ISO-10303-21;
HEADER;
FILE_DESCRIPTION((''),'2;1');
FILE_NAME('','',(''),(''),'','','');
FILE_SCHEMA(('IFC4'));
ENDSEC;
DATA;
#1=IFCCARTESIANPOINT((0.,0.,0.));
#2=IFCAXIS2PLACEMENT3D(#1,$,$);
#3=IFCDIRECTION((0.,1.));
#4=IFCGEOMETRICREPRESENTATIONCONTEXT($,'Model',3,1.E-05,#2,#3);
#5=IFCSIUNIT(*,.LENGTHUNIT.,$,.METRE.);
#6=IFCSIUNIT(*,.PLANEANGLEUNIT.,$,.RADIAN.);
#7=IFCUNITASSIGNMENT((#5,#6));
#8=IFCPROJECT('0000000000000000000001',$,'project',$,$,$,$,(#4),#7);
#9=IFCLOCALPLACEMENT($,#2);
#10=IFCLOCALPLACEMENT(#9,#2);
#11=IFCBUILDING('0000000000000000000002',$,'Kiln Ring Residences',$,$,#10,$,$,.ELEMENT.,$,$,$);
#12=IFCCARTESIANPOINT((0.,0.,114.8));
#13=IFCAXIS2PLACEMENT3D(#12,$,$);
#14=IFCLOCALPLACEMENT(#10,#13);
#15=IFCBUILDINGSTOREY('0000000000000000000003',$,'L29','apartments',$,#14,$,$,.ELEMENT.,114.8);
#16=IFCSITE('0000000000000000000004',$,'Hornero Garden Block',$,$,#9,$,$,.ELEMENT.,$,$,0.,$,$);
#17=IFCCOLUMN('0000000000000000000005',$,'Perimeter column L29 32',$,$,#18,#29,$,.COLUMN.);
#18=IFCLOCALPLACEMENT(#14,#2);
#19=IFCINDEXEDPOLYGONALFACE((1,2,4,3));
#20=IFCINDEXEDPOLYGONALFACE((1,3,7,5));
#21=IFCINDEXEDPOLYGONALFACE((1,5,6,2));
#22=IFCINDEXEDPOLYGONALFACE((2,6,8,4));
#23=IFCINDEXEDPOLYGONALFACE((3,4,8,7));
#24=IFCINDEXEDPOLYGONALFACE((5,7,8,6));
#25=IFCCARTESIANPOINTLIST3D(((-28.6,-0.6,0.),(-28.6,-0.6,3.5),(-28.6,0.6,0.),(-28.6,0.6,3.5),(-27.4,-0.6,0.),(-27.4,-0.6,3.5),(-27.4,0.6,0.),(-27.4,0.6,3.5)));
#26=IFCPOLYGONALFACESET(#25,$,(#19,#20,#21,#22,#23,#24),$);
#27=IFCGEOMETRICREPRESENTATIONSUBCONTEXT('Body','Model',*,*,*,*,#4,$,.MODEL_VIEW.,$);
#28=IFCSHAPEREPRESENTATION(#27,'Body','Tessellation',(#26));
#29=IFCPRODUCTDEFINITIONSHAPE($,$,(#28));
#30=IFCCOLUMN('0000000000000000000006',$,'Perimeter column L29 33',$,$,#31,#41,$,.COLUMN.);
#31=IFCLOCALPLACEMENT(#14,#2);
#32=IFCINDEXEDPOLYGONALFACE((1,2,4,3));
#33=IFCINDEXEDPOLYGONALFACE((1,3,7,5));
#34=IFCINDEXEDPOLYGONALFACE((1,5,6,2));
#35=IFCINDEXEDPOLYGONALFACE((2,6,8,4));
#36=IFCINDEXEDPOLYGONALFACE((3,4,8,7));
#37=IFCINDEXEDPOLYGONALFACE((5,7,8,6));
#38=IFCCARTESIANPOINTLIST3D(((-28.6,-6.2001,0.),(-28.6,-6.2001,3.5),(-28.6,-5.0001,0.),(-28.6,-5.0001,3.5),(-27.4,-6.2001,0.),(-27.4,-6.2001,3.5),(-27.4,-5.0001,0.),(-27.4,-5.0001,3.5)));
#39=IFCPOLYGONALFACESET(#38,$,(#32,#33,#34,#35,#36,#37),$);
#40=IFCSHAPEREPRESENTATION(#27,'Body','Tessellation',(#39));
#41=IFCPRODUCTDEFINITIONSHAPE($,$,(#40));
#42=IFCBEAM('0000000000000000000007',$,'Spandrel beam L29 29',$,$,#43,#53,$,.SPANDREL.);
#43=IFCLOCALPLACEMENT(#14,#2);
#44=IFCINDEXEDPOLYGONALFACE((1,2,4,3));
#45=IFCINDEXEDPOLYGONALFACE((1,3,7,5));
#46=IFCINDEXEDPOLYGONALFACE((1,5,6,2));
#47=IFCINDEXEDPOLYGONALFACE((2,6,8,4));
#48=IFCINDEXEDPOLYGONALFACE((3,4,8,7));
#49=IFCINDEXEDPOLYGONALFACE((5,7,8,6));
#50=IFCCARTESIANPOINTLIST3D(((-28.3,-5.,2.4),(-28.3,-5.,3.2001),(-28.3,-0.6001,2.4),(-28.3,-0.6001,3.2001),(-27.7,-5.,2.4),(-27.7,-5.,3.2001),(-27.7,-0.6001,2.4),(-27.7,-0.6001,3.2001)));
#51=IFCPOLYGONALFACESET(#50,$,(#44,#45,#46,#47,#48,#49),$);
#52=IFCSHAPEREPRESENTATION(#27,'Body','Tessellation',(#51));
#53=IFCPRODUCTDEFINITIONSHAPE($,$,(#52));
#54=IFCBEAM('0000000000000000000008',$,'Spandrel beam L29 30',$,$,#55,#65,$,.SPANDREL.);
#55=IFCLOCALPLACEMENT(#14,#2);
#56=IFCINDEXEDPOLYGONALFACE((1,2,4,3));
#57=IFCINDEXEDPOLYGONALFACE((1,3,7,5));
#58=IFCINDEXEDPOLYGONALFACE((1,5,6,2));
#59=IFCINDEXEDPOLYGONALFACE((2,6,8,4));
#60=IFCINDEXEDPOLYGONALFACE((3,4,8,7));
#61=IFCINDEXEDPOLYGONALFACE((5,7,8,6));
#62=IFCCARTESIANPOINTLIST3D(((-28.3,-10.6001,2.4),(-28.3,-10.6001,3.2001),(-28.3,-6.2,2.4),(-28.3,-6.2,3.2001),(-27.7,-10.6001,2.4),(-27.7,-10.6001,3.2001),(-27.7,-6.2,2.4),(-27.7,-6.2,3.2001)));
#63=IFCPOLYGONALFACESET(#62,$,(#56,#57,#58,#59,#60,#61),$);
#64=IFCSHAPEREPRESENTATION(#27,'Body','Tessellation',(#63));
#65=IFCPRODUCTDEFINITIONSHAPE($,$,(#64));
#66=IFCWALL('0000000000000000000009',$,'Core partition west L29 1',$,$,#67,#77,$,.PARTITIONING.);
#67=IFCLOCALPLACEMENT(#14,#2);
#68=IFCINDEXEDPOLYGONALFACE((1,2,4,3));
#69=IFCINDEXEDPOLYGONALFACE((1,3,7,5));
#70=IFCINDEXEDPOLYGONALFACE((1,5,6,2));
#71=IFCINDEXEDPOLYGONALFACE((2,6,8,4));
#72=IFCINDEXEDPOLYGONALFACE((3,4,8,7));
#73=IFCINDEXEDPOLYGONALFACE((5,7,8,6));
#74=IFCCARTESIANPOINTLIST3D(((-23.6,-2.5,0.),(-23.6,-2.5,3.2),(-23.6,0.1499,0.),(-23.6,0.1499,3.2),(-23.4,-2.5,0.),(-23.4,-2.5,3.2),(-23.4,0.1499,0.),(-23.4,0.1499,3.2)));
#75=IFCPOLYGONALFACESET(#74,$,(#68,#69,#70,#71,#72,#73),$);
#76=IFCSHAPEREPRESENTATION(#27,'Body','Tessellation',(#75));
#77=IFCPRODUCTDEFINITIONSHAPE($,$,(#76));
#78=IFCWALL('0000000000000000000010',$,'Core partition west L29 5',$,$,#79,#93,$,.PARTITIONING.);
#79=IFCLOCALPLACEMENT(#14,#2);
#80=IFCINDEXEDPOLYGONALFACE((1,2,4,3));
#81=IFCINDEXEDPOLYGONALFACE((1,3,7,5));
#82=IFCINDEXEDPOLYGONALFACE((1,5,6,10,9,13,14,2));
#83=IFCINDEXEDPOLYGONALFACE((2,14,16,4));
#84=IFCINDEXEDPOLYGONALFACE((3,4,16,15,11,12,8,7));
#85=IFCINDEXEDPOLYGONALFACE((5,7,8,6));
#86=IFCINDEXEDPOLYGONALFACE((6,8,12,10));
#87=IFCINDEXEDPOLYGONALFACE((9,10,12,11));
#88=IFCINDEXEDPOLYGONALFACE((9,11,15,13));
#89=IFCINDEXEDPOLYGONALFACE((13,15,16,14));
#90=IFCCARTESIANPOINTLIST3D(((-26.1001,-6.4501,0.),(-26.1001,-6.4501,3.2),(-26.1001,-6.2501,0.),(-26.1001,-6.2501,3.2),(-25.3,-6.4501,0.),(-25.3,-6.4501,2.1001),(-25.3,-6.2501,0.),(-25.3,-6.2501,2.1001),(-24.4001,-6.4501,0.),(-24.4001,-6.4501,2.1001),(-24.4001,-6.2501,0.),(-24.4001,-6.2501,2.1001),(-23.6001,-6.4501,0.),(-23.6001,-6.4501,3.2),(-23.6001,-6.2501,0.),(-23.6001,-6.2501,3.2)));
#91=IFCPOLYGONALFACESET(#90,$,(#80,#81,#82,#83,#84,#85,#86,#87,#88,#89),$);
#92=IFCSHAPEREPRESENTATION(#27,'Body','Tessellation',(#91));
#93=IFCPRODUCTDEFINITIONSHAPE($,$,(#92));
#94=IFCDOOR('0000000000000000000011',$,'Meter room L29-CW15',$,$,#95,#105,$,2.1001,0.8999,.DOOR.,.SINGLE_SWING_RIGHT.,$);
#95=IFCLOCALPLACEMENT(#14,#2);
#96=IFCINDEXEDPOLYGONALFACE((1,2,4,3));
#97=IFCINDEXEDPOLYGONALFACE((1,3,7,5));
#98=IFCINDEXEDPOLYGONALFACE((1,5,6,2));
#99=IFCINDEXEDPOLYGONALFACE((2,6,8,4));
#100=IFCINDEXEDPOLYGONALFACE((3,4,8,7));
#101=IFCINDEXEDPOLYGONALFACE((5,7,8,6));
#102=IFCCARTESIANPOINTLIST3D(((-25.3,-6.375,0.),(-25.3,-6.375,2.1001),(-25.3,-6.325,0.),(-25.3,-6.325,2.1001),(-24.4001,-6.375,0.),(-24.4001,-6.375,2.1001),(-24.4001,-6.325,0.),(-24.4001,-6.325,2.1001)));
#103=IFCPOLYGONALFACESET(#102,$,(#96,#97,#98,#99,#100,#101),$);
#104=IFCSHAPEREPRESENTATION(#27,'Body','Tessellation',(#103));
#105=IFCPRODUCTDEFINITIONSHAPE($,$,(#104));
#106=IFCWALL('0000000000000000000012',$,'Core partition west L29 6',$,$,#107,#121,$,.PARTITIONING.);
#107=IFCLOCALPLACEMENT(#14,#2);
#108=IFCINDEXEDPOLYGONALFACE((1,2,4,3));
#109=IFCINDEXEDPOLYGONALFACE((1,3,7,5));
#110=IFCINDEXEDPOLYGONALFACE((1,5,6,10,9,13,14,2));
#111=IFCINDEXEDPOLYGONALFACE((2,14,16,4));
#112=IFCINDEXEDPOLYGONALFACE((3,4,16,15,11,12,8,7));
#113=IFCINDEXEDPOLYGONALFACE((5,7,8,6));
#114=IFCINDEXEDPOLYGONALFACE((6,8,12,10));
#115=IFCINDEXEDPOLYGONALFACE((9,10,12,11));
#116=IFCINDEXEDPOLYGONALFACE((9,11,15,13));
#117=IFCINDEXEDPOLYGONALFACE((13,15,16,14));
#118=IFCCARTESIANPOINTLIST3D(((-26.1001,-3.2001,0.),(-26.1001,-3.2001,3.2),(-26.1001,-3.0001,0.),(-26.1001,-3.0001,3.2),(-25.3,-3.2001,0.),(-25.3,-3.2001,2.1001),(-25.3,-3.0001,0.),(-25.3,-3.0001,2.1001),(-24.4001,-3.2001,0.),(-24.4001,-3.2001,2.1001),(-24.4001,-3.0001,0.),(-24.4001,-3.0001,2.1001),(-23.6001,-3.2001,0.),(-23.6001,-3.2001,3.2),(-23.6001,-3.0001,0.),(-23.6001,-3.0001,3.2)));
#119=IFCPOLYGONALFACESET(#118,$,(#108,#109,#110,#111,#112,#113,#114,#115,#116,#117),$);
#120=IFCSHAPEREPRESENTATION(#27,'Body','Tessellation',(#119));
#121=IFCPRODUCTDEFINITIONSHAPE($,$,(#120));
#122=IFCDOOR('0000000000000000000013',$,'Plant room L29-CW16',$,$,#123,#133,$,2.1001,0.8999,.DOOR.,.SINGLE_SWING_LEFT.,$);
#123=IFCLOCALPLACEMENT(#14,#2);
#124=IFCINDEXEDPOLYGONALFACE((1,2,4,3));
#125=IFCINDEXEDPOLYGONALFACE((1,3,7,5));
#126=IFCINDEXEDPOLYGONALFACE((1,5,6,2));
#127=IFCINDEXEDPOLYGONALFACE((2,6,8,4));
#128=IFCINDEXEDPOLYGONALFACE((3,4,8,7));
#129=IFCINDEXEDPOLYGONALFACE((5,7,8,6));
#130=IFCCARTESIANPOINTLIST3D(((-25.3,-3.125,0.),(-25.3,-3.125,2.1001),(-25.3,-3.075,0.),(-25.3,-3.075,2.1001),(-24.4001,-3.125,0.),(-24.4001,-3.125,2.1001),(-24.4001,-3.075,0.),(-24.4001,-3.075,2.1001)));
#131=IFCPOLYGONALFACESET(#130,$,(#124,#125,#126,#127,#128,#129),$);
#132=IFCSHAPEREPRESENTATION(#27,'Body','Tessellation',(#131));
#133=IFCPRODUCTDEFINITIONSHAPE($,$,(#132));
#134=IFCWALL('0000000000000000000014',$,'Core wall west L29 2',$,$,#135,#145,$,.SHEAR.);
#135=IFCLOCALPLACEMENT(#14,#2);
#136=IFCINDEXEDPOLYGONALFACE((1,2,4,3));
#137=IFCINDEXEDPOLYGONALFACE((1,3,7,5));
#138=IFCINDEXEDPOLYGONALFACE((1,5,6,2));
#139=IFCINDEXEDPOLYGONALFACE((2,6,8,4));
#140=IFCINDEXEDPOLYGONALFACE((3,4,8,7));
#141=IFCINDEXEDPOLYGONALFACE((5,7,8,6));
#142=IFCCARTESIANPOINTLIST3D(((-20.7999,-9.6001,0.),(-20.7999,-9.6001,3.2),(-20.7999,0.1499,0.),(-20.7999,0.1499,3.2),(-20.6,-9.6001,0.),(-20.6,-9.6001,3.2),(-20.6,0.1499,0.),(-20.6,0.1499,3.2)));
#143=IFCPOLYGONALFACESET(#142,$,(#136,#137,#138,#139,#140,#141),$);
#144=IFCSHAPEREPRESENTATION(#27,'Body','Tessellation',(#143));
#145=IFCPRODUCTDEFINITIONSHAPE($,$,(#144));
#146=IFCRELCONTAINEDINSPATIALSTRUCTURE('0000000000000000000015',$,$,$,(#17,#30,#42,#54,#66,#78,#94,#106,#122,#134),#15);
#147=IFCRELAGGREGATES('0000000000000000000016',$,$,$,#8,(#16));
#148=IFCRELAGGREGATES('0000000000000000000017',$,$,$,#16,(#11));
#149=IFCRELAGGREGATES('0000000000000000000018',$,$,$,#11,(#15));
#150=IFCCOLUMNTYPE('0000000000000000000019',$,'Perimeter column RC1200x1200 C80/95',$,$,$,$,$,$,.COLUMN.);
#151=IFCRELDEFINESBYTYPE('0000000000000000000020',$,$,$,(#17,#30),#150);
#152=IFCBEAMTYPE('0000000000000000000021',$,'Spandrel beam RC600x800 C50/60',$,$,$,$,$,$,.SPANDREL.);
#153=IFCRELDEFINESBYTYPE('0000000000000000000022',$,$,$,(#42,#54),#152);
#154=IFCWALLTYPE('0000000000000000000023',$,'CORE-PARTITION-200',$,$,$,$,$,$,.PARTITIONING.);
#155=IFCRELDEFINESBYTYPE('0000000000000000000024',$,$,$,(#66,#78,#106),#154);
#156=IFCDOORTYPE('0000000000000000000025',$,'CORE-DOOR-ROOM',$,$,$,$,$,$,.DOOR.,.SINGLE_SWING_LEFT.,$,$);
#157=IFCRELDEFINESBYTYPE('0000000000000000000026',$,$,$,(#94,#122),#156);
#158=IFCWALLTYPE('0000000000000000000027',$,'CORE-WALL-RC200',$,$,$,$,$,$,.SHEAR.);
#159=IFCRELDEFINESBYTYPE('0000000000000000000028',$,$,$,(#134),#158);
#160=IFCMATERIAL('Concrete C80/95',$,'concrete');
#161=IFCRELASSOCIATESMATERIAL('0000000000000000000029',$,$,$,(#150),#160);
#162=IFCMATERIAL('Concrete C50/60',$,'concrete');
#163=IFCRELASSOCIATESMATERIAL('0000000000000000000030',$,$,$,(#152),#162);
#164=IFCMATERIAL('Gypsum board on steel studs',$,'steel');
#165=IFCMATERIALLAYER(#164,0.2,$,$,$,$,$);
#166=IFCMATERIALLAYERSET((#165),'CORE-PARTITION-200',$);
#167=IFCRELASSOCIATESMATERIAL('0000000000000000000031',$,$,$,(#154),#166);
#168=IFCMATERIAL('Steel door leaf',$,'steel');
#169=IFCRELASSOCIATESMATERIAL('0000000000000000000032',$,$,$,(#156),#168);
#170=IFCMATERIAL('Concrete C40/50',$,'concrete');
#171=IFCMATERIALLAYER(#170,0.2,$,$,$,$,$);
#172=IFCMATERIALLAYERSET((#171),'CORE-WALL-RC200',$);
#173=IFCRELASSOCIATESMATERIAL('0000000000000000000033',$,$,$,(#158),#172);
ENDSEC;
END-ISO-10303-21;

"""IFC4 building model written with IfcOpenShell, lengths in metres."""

from ifc_helpers import new_model, si_unit, direction, frame, frame_2d, origin, origin_2d, place, context, subcontext, project, spatial, rectangle, extrude, material, layer, layer_set, material_profile, profile_set, type_object, element, fill, save


model = new_model("IFC4")

# Units and contexts
model_context = context("Model", 3, precision=1e-05, world=origin(), true_north=direction((0.0, 1.0)))
body_context = subcontext(model_context, "Body", "Model", "MODEL_VIEW")
ifc_project = project(units=[si_unit("LENGTHUNIT", "METRE"), si_unit("PLANEANGLEUNIT", "RADIAN")], contexts=[model_context])

# Site, building, storey
site_placement = place(None, origin())
site = spatial("IfcSite", under=ifc_project, at=site_placement, Name="Hornero Garden Block", CompositionType="ELEMENT", RefElevation=0.0)
building_placement = place(site_placement, origin())
building = spatial("IfcBuilding", under=site, at=building_placement, Name="Kiln Ring Residences", CompositionType="ELEMENT")
storey_placement = place(building_placement, frame((0.0, 0.0, 114.8)))
storey = spatial("IfcBuildingStorey", under=building, at=storey_placement, Name="L29", Description="apartments", CompositionType="ELEMENT", Elevation=114.8)

# Columns
ifc_material_1 = material(Name="Concrete C80/95", Category="concrete")
ifc_material_profile_1 = material_profile(ifc_material_1, rectangle(XDim=1.2, YDim=1.2, at=origin_2d()), Name="RC1200x1200")
ifc_profile_set_1 = profile_set([ifc_material_profile_1], Name="Concrete C80/95")
column_type = type_object("IfcColumnType", Name="Perimeter column RC1200x1200 C80/95", PredefinedType="COLUMN", material=ifc_profile_set_1)
for number, where, z_axis, x_axis, name in (
    (1, (-28.0, 0.0, 0.0), (0.0, 0.0, 1.0), (1.0, 0.0, 0.0), "Perimeter column L29 32"),
    (2, (-28.0, -5.6001, 0.0), (0.0, 0.0, 1.0), (1.0, 0.0, 0.0), "Perimeter column L29 33"),
):
    element("IfcColumn", number, at=place(storey_placement, frame(where, z_axis=z_axis, x_axis=x_axis)), inside=storey, type_object=column_type, Name=name, PredefinedType="COLUMN", context=body_context, shape_type="SweptSolid", body=[
        extrude(rectangle(XDim=1.2, YDim=1.2, at=origin_2d()), origin(), (0.0, 0.0, 1.0), 3.5),
    ])

# Beams
ifc_material_2 = material(Name="Concrete C50/60", Category="concrete")
ifc_material_profile_2 = material_profile(ifc_material_2, rectangle(XDim=0.6001, YDim=0.8, at=origin_2d()), Name="RC600x800")
ifc_profile_set_2 = profile_set([ifc_material_profile_2], Name="Concrete C50/60")
beam_type = type_object("IfcBeamType", Name="Spandrel beam RC600x800 C50/60", PredefinedType="SPANDREL", material=ifc_profile_set_2)
beam_1_placement = place(storey_placement, frame((-28.0, -0.6001, 2.8), z_axis=(0.0, -1.0, 0.0), x_axis=(1.0, 0.0, 0.0)))
element("IfcBeam", 3, at=beam_1_placement, inside=storey, type_object=beam_type, Name="Spandrel beam L29 29", PredefinedType="SPANDREL", context=body_context, shape_type="SweptSolid", body=[
    extrude(rectangle(XDim=0.6001, YDim=0.8, at=origin_2d()), origin(), (0.0, 0.0, 1.0), 4.3999),
])
beam_2_placement = place(storey_placement, frame((-28.0, -6.2, 2.8), z_axis=(0.0, -1.0, 0.0), x_axis=(1.0, 0.0, 0.0)))
element("IfcBeam", 4, at=beam_2_placement, inside=storey, type_object=beam_type, Name="Spandrel beam L29 30", PredefinedType="SPANDREL", context=body_context, shape_type="SweptSolid", body=[
    extrude(rectangle(XDim=0.6001, YDim=0.8, at=origin_2d()), origin(), (0.0, 0.0, 1.0), 4.4001),
])

# Wall
ifc_material_3 = material(Name="Gypsum board on steel studs", Category="steel")
ifc_layer_1 = layer(ifc_material_3, 0.2)
ifc_layer_set_1 = layer_set([ifc_layer_1], Name="CORE-PARTITION-200")
wall_type_1 = type_object("IfcWallType", Name="CORE-PARTITION-200", PredefinedType="PARTITIONING", material=ifc_layer_set_1)
wall_1_placement = place(storey_placement, frame((-23.5, -2.5, 0.0), z_axis=(0.0, 0.0, 1.0), x_axis=(0.0, 1.0, 0.0)))
element("IfcWall", 5, at=wall_1_placement, inside=storey, type_object=wall_type_1, Name="Core partition west L29 1", PredefinedType="PARTITIONING", context=body_context, shape_type="SweptSolid", body=[
    extrude(rectangle(XDim=2.6499, YDim=0.2, at=frame_2d((1.325, 0.0))), origin(), (0.0, 0.0, 1.0), 3.2),
])

# Walls, openings, doors
wall_2_placement = place(storey_placement, frame((-23.6001, -6.3501, 0.0), z_axis=(0.0, 0.0, 1.0), x_axis=(-1.0, 0.0, 0.0)))
wall_2 = element("IfcWall", 6, at=wall_2_placement, inside=storey, type_object=wall_type_1, Name="Core partition west L29 5", PredefinedType="PARTITIONING", context=body_context, shape_type="SweptSolid", body=[
    extrude(rectangle(XDim=2.5, YDim=0.2, at=frame_2d((1.25, 0.0))), origin(), (0.0, 0.0, 1.0), 3.2),
])
opening_1_placement = place(wall_2_placement, frame((0.8, 0.0, 0.0)))
opening_1 = element("IfcOpeningElement", 7, at=opening_1_placement, cuts=wall_2, PredefinedType="OPENING", context=body_context, shape_type="SweptSolid", body=[
    extrude(rectangle(XDim=0.8999, YDim=2.1001, at=frame_2d((0.45, 1.05))), frame((0.0, 0.1099, 0.0), z_axis=(0.0, -1.0, 0.0), x_axis=(1.0, 0.0, 0.0)), (0.0, 0.0, 1.0), 0.22),
])
ifc_material_4 = material(Name="Steel door leaf", Category="steel")
door_type_1 = type_object("IfcDoorType", Name="CORE-DOOR-ROOM", OperationType="SINGLE_SWING_LEFT", PredefinedType="DOOR", material=ifc_material_4)
door_1_placement = place(opening_1_placement, origin())
door_1 = element("IfcDoor", 8, at=door_1_placement, inside=storey, type_object=door_type_1, Name="Meter room L29-CW15", OperationType="SINGLE_SWING_RIGHT", OverallHeight=2.1001, OverallWidth=0.8999, PredefinedType="DOOR", context=body_context, shape_type="SweptSolid", body=[
    extrude(rectangle(XDim=0.8999, YDim=2.1001, at=frame_2d((0.45, 1.05))), frame((0.0, 0.0249, 0.0), z_axis=(0.0, -1.0, 0.0), x_axis=(1.0, 0.0, 0.0)), (0.0, 0.0, 1.0), 0.05),
])
fill(opening_1, door_1)
wall_3_placement = place(storey_placement, frame((-23.6001, -3.1001, 0.0), z_axis=(0.0, 0.0, 1.0), x_axis=(-1.0, 0.0, 0.0)))
wall_3 = element("IfcWall", 9, at=wall_3_placement, inside=storey, type_object=wall_type_1, Name="Core partition west L29 6", PredefinedType="PARTITIONING", context=body_context, shape_type="SweptSolid", body=[
    extrude(rectangle(XDim=2.5, YDim=0.2, at=frame_2d((1.25, 0.0))), origin(), (0.0, 0.0, 1.0), 3.2),
])
opening_2_placement = place(wall_3_placement, frame((0.8, 0.0, 0.0)))
opening_2 = element("IfcOpeningElement", 10, at=opening_2_placement, cuts=wall_3, PredefinedType="OPENING", context=body_context, shape_type="SweptSolid", body=[
    extrude(rectangle(XDim=0.8999, YDim=2.1001, at=frame_2d((0.45, 1.05))), frame((0.0, 0.1099, 0.0), z_axis=(0.0, -1.0, 0.0), x_axis=(1.0, 0.0, 0.0)), (0.0, 0.0, 1.0), 0.22),
])
door_2_placement = place(opening_2_placement, origin())
door_2 = element("IfcDoor", 11, at=door_2_placement, inside=storey, type_object=door_type_1, Name="Plant room L29-CW16", OperationType="SINGLE_SWING_LEFT", OverallHeight=2.1001, OverallWidth=0.8999, PredefinedType="DOOR", context=body_context, shape_type="SweptSolid", body=[
    extrude(rectangle(XDim=0.8999, YDim=2.1001, at=frame_2d((0.45, 1.05))), frame((0.0, 0.0249, 0.0), z_axis=(0.0, -1.0, 0.0), x_axis=(1.0, 0.0, 0.0)), (0.0, 0.0, 1.0), 0.05),
])
fill(opening_2, door_2)

# Wall
ifc_material_5 = material(Name="Concrete C40/50", Category="concrete")
ifc_layer_2 = layer(ifc_material_5, 0.2)
ifc_layer_set_2 = layer_set([ifc_layer_2], Name="CORE-WALL-RC200")
wall_type_2 = type_object("IfcWallType", Name="CORE-WALL-RC200", PredefinedType="SHEAR", material=ifc_layer_set_2)
wall_4_placement = place(storey_placement, frame((-20.7, -9.6001, 0.0), z_axis=(0.0, 0.0, 1.0), x_axis=(0.0, 1.0, 0.0)))
element("IfcWall", 12, at=wall_4_placement, inside=storey, type_object=wall_type_2, Name="Core wall west L29 2", PredefinedType="SHEAR", context=body_context, shape_type="SweptSolid", body=[
    extrude(rectangle(XDim=9.75, YDim=0.2, at=frame_2d((4.875, 0.0))), origin(), (0.0, 0.0, 1.0), 3.2),
])

save(model, "model.ifc")
